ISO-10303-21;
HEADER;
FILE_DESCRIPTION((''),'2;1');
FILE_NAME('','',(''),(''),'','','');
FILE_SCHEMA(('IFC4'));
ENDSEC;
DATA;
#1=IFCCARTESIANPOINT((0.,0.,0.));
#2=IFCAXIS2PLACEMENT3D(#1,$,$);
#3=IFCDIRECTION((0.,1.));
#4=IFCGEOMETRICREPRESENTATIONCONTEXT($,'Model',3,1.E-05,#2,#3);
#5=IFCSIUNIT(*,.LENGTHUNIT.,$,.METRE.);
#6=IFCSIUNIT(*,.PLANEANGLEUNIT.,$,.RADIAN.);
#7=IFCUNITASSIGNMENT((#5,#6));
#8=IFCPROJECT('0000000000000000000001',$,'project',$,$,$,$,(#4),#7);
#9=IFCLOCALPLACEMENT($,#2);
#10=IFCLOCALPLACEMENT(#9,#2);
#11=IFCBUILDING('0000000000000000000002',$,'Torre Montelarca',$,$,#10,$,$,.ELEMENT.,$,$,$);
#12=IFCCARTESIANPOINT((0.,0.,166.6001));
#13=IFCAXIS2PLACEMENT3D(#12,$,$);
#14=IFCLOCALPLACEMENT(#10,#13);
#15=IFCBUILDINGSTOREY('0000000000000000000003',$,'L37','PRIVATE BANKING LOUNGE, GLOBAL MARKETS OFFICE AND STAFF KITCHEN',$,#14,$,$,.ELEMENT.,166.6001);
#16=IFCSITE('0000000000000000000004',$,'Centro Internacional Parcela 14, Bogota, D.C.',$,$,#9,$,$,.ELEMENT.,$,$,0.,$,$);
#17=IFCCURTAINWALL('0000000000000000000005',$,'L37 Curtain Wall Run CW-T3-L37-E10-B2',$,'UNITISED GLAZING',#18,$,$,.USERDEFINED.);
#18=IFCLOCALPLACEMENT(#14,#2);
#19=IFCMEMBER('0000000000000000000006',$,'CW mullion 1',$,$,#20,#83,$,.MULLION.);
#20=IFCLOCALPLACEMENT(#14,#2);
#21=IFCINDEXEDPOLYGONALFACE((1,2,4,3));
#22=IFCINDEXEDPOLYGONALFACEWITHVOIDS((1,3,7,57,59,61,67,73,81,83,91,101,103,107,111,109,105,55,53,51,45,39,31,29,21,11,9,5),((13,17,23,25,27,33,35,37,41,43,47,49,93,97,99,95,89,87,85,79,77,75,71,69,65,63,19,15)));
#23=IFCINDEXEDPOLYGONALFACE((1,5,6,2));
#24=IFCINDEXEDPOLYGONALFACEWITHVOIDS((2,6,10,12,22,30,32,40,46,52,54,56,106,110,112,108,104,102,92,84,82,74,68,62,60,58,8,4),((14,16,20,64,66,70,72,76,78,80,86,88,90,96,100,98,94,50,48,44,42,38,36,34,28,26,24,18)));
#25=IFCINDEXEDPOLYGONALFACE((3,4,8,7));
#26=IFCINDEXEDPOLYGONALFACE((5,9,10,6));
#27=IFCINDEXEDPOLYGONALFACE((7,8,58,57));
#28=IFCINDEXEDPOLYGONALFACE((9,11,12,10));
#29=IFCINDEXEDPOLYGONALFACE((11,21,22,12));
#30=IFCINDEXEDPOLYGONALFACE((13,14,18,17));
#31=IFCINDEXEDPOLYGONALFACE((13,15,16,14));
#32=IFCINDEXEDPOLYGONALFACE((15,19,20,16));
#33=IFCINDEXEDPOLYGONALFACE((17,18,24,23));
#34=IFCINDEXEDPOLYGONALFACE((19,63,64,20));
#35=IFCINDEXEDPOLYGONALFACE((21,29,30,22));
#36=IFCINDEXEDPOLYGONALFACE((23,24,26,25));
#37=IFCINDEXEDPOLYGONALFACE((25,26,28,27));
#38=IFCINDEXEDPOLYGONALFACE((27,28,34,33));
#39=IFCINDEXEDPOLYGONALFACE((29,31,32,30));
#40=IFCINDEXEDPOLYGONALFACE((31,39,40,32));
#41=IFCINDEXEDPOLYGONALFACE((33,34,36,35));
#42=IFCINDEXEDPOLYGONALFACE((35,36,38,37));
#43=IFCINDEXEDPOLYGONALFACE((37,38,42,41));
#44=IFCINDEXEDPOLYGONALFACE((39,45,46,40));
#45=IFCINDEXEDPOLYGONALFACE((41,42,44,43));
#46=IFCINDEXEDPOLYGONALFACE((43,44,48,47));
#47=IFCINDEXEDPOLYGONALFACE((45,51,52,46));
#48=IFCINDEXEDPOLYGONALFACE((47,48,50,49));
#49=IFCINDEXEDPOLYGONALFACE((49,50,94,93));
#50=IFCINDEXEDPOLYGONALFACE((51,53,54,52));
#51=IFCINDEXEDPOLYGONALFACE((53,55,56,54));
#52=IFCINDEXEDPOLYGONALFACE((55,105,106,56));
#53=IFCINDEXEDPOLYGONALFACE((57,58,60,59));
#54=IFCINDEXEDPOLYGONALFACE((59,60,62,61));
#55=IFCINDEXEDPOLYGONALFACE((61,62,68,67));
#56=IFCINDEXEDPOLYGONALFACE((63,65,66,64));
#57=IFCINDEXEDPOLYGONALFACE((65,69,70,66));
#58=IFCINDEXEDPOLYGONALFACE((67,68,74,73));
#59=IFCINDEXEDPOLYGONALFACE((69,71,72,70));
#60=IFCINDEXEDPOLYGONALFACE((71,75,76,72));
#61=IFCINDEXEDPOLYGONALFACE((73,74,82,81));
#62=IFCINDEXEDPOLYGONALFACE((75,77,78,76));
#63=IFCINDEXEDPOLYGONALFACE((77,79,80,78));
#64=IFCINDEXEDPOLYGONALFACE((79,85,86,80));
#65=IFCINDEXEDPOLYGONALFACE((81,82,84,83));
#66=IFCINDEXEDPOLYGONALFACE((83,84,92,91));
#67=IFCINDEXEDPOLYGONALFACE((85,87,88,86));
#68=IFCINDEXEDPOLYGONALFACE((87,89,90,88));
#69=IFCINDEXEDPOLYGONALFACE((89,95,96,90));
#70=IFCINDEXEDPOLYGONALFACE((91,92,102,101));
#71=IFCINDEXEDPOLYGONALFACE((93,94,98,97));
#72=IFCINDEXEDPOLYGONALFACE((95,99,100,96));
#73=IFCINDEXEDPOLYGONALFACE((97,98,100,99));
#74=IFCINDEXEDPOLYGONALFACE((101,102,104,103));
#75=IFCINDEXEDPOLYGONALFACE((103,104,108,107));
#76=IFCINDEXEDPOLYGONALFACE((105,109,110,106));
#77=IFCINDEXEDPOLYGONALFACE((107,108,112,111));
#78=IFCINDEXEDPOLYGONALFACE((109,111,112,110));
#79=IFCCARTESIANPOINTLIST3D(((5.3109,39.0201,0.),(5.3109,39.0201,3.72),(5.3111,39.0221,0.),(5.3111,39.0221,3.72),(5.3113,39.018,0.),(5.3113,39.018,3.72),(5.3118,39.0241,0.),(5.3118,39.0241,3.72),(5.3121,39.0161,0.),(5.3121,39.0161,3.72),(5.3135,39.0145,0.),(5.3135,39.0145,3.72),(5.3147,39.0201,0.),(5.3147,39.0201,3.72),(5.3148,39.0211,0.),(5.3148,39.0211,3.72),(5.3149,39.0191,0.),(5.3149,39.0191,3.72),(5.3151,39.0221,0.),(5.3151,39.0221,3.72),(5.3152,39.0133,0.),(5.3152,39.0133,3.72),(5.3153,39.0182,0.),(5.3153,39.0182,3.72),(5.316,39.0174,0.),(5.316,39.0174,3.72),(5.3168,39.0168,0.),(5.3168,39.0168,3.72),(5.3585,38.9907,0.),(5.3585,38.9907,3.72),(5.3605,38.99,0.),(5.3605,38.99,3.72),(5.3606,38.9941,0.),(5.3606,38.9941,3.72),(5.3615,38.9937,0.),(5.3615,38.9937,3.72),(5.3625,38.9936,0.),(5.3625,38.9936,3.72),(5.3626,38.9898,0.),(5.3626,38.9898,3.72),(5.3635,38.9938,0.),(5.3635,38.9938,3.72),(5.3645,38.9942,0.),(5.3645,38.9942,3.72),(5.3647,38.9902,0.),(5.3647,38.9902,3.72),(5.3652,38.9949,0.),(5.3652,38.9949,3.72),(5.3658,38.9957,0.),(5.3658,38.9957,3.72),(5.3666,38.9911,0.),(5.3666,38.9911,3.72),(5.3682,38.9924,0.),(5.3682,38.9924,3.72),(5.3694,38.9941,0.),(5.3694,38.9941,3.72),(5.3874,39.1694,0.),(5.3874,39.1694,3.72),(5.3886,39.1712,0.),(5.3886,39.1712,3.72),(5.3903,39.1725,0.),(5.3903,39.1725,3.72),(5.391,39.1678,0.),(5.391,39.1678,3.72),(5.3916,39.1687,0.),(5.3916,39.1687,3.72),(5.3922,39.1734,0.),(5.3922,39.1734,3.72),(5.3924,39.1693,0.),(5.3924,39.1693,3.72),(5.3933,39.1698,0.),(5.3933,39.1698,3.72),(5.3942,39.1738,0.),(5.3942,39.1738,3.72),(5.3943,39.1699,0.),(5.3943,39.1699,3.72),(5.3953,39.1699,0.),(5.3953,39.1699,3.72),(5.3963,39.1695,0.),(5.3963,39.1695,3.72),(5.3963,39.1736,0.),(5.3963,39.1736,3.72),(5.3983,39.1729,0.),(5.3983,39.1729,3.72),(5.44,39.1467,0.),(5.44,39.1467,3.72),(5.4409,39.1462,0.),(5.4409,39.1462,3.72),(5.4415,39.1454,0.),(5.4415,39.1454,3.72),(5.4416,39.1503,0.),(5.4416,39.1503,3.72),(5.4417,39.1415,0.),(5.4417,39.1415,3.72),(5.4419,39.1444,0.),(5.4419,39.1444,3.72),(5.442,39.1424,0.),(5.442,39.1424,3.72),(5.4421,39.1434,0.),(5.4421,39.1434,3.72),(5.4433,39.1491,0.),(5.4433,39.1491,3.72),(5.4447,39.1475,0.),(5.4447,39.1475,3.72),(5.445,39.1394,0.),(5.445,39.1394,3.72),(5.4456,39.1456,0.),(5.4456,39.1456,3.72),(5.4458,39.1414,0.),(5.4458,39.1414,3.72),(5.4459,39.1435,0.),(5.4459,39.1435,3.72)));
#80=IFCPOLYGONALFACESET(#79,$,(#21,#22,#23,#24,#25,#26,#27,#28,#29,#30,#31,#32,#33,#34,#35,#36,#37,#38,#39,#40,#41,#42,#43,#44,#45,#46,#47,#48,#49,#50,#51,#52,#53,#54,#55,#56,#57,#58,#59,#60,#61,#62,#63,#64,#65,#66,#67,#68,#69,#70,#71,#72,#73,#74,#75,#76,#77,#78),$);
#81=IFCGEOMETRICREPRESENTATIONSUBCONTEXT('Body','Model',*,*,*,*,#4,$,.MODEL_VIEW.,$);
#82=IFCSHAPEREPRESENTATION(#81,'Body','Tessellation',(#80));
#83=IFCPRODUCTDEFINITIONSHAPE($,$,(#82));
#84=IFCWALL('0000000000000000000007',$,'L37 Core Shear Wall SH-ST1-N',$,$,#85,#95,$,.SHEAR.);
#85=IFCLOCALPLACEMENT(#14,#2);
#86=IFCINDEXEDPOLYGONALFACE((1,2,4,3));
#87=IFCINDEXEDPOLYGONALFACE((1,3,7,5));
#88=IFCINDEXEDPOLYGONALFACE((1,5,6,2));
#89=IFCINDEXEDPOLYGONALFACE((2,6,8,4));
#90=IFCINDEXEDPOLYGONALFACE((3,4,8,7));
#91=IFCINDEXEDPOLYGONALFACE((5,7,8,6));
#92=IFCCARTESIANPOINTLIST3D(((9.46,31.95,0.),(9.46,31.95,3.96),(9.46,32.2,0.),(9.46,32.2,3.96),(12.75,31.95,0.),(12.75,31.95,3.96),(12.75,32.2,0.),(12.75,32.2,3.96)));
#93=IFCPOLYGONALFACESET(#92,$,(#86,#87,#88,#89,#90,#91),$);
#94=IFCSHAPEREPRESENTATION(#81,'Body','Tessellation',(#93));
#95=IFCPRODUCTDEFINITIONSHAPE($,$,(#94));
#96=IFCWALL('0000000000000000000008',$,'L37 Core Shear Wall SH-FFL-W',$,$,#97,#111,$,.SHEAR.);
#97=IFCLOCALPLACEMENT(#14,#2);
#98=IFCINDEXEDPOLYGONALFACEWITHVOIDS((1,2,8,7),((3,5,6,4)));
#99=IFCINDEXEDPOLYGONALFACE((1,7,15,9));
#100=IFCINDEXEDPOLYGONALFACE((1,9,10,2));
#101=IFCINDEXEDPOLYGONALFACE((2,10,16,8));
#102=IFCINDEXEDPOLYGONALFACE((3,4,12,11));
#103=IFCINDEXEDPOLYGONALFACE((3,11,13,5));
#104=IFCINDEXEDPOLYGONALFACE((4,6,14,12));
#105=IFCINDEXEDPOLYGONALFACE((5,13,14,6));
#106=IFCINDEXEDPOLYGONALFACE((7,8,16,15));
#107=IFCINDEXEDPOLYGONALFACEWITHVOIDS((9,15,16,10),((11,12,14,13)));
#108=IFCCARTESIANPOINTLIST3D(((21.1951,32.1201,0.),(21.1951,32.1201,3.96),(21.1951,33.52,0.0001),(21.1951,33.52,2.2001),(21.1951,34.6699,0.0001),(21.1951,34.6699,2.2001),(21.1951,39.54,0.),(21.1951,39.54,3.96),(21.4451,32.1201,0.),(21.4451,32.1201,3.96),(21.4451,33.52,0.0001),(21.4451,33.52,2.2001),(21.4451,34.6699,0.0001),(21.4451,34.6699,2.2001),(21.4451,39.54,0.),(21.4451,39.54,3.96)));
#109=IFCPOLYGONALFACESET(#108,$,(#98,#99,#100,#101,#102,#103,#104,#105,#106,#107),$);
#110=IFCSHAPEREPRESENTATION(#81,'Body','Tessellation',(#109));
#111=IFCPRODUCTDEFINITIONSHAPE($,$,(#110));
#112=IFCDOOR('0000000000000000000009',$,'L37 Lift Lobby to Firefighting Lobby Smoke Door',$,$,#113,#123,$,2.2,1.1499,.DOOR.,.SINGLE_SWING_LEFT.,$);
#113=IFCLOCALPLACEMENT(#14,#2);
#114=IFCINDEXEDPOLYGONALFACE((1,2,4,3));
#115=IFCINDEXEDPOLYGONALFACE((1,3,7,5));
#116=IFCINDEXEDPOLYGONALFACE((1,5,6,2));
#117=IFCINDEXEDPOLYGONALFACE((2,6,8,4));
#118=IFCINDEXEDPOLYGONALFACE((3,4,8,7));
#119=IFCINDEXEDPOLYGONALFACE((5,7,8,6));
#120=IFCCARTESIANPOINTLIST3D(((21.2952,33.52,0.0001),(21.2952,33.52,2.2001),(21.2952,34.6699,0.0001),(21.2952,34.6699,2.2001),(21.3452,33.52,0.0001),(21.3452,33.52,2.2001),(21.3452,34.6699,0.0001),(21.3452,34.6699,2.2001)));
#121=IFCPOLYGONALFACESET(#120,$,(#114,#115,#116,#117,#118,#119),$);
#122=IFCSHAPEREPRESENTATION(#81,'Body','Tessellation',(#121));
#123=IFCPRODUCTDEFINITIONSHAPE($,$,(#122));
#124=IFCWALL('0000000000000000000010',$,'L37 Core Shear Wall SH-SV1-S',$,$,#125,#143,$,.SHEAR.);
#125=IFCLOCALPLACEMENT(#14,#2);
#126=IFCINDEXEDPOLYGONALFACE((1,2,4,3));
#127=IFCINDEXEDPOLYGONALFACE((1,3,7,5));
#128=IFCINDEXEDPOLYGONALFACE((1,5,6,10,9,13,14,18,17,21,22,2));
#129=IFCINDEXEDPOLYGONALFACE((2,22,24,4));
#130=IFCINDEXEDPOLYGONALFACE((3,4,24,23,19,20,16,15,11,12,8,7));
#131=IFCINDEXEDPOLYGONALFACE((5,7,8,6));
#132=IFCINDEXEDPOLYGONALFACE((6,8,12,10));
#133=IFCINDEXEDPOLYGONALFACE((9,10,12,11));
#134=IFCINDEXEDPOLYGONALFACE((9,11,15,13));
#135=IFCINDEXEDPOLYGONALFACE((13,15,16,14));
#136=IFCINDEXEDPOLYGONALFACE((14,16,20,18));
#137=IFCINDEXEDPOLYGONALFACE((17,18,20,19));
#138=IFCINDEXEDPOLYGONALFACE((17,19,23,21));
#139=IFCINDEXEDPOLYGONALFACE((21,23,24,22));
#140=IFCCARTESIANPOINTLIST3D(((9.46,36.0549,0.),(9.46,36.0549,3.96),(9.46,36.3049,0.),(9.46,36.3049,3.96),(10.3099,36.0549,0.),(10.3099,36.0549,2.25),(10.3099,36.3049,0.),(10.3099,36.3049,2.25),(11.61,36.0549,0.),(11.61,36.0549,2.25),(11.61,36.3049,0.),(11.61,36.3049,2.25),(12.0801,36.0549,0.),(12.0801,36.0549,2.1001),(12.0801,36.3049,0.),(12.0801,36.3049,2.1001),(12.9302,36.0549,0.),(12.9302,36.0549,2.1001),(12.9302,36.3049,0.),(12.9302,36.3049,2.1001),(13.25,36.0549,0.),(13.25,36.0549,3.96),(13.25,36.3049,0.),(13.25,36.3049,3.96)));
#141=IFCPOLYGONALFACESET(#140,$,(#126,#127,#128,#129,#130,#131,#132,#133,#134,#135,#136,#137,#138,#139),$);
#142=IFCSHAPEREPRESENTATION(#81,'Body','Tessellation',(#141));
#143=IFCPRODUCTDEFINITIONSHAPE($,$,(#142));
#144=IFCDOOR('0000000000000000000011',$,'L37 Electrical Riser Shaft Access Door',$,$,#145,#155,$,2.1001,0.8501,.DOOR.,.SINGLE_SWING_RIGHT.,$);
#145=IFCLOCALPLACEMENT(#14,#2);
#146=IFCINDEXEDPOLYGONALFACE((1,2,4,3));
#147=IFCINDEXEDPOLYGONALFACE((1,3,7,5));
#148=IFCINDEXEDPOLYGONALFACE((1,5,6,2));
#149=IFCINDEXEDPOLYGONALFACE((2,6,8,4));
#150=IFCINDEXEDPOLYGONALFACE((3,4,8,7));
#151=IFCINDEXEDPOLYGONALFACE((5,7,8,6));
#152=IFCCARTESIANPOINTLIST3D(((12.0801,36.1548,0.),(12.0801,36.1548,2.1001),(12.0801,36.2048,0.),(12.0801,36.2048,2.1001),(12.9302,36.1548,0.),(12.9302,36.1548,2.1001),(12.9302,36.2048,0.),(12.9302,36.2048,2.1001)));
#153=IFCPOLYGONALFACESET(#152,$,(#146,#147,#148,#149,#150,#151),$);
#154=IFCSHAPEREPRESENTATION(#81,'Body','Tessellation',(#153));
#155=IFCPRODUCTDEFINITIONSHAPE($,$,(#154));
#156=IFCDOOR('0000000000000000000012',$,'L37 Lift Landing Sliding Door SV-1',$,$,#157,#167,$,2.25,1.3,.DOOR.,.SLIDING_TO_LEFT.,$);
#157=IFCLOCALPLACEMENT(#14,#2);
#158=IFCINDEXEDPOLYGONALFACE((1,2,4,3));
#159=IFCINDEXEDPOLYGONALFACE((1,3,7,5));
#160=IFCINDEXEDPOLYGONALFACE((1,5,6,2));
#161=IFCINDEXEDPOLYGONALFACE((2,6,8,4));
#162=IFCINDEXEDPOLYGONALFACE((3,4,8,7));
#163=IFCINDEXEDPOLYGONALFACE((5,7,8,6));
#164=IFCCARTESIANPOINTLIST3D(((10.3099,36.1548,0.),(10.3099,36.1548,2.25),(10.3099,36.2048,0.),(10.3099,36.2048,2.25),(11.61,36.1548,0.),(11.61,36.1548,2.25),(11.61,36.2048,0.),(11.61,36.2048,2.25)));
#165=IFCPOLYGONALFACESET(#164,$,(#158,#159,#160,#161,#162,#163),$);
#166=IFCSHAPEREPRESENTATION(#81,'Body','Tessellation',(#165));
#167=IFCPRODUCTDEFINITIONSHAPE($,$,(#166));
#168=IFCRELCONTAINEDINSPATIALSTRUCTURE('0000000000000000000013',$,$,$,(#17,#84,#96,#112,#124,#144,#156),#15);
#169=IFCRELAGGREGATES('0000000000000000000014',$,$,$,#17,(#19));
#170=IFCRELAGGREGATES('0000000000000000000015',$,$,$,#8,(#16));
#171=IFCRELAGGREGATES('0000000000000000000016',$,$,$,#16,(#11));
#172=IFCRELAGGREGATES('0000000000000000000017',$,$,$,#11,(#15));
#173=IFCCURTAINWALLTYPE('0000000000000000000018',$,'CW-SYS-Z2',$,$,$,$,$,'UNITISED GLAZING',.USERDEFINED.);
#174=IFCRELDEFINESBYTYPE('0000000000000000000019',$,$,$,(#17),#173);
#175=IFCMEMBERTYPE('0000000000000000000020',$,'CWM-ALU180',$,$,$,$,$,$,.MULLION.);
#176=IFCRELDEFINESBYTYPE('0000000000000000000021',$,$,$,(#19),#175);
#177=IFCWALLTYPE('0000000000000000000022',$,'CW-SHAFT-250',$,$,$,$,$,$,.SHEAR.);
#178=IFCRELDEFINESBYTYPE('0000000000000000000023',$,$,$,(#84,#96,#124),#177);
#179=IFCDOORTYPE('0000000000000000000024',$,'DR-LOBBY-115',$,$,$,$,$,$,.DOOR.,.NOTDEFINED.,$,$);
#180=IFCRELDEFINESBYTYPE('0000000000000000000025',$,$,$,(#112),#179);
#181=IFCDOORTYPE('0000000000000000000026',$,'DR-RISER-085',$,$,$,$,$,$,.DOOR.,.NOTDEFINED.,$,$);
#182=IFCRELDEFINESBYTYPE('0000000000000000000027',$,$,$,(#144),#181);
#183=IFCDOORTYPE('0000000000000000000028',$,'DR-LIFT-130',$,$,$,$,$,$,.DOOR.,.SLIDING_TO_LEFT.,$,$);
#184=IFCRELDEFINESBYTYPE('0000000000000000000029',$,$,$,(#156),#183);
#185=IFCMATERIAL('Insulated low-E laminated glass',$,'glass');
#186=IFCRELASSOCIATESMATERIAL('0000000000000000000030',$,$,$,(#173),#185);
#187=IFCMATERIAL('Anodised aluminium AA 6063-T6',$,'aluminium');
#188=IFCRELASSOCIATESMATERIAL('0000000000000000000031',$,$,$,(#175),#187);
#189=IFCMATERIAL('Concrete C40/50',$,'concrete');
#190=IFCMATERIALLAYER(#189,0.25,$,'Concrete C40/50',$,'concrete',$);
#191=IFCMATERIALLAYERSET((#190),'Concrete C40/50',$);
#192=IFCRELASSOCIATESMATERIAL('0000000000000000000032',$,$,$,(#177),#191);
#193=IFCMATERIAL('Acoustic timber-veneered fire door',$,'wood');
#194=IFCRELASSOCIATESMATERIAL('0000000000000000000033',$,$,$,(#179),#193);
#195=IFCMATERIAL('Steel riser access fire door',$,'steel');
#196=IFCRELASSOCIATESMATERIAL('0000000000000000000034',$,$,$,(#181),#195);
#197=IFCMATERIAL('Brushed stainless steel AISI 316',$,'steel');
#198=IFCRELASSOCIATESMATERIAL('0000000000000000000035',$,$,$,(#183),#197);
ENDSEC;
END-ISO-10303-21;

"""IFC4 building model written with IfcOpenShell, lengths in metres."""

from ifc_helpers import new_model, si_unit, direction, frame, frame_2d, origin, origin_2d, place, context, subcontext, project, spatial, rectangle, hollow_rectangle, extrude, source, transform, mapped, material, layer, layer_set, material_profile, profile_set, type_object, element, fill, aggregate, save


model = new_model("IFC4")

# Units and contexts
model_context = context("Model", 3, precision=1e-05, world=origin(), true_north=direction((0.0, 1.0)))
body_context = subcontext(model_context, "Body", "Model", "MODEL_VIEW")
ifc_project = project(units=[si_unit("LENGTHUNIT", "METRE"), si_unit("PLANEANGLEUNIT", "RADIAN")], contexts=[model_context])

# Site, building, storey
site_placement = place(None, origin())
site = spatial("IfcSite", under=ifc_project, at=site_placement, Name="Centro Internacional Parcela 14, Bogota, D.C.", CompositionType="ELEMENT", RefElevation=0.0)
building_placement = place(site_placement, origin())
building = spatial("IfcBuilding", under=site, at=building_placement, Name="Torre Montelarca", CompositionType="ELEMENT")
storey_placement = place(building_placement, frame((0.0, 0.0, 166.6001)))
storey = spatial("IfcBuildingStorey", under=building, at=storey_placement, Name="L37", Description="PRIVATE BANKING LOUNGE, GLOBAL MARKETS OFFICE AND STAFF KITCHEN", CompositionType="ELEMENT", Elevation=166.6001)

# Curtain wall, member
ifc_material_1 = material(Name="Insulated low-E laminated glass", Category="glass")
curtain_wall_type = type_object("IfcCurtainWallType", Name="CW-SYS-Z2", ElementType="UNITISED GLAZING", PredefinedType="USERDEFINED", material=ifc_material_1)
curtain_wall_placement = place(storey_placement, origin())
curtain_wall = element("IfcCurtainWall", 1, at=curtain_wall_placement, inside=storey, type_object=curtain_wall_type, Name="L37 Curtain Wall Run CW-T3-L37-E10-B2", ObjectType="UNITISED GLAZING", PredefinedType="USERDEFINED")
ifc_material_2 = material(Name="Anodised aluminium AA 6063-T6", Category="aluminium")
ifc_material_profile = material_profile(ifc_material_2, hollow_rectangle(XDim=0.0649, YDim=0.1799, WallThickness=0.0039, InnerFilletRadius=0.0039, OuterFilletRadius=0.0081, at=origin_2d()), Name="ALU65X180X4", Category="aluminium")
ifc_profile_set = profile_set([ifc_material_profile], Name="Anodised aluminium AA 6063-T6")
member_type = type_object("IfcMemberType", Name="CWM-ALU180", PredefinedType="MULLION", material=ifc_profile_set)
shared_shape_1 = source(origin(), body_context, "Body", "SweptSolid", [
    extrude(hollow_rectangle(XDim=0.0649, YDim=0.1799, WallThickness=0.0039, InnerFilletRadius=0.0039, OuterFilletRadius=0.0081, at=origin_2d()), origin(), (0.0, 0.0, 1.0), 3.72),
])
member_placement = place(storey_placement, frame((5.3784, 39.0818, 0.0), z_axis=(0.0, 0.0, 1.0), x_axis=(0.88701, -0.461751, 0.0)))
member = element("IfcMember", 2, at=member_placement, type_object=member_type, Name="CW mullion 1", PredefinedType="MULLION", context=body_context, shape_type="MappedRepresentation", body=[
    mapped(shared_shape_1, transform((0.0, 0.0, 0.0), scale=1.0)),
])
aggregate(curtain_wall, [member])

# Wall
ifc_material_3 = material(Name="Concrete C40/50", Category="concrete")
ifc_layer_1 = layer(ifc_material_3, 0.25, Name="Concrete C40/50", Category="concrete")
ifc_layer_set_1 = layer_set([ifc_layer_1], Name="Concrete C40/50")
wall_type_1 = type_object("IfcWallType", Name="CW-SHAFT-250", PredefinedType="SHEAR", material=ifc_layer_set_1)
wall_1_placement = place(storey_placement, frame((9.46, 32.075, 0.0), z_axis=(0.0, 0.0, 1.0), x_axis=(1.0, 0.0, 0.0)))
element("IfcWall", 3, at=wall_1_placement, inside=storey, type_object=wall_type_1, Name="L37 Core Shear Wall SH-ST1-N", PredefinedType="SHEAR", context=body_context, shape_type="SweptSolid", body=[
    extrude(rectangle(XDim=3.29, YDim=0.25, at=frame_2d((1.645, 0.0))), origin(), (0.0, 0.0, 1.0), 3.96),
])

# Wall, opening, door
wall_2_placement = place(storey_placement, frame((21.3201, 32.1201, 0.0), z_axis=(0.0, 0.0, 1.0), x_axis=(0.0, 1.0, 0.0)))
wall_2 = element("IfcWall", 4, at=wall_2_placement, inside=storey, type_object=wall_type_1, Name="L37 Core Shear Wall SH-FFL-W", PredefinedType="SHEAR", context=body_context, shape_type="SweptSolid", body=[
    extrude(rectangle(XDim=7.4199, YDim=0.25, at=frame_2d((3.71, 0.0))), origin(), (0.0, 0.0, 1.0), 3.96),
])
opening_1_placement = place(wall_2_placement, frame((1.3999, 0.0, 0.0)))
opening_1 = element("IfcOpeningElement", 5, at=opening_1_placement, cuts=wall_2, PredefinedType="OPENING", context=body_context, shape_type="SweptSolid", body=[
    extrude(rectangle(XDim=1.1499, YDim=2.2, at=frame_2d((0.575, 1.1001))), frame((0.0, 0.135, 0.0), z_axis=(0.0, -1.0, 0.0), x_axis=(1.0, 0.0, 0.0)), (0.0, 0.0, 1.0), 0.27),
])
ifc_material_4 = material(Name="Acoustic timber-veneered fire door", Category="wood")
door_type_1 = type_object("IfcDoorType", Name="DR-LOBBY-115", OperationType="NOTDEFINED", PredefinedType="DOOR", material=ifc_material_4)
shared_shape_2 = source(origin(), body_context, "Body", "SweptSolid", [
    extrude(rectangle(XDim=1.1499, YDim=2.2, at=frame_2d((0.575, 1.1001))), frame((0.0, 0.0249, 0.0), z_axis=(0.0, -1.0, 0.0), x_axis=(1.0, 0.0, 0.0)), (0.0, 0.0, 1.0), 0.05),
])
door_1_placement = place(opening_1_placement, origin())
door_1 = element("IfcDoor", 6, at=door_1_placement, inside=storey, type_object=door_type_1, Name="L37 Lift Lobby to Firefighting Lobby Smoke Door", OperationType="SINGLE_SWING_LEFT", OverallHeight=2.2, OverallWidth=1.1499, PredefinedType="DOOR", context=body_context, shape_type="MappedRepresentation", body=[
    mapped(shared_shape_2, transform((0.0, 0.0, 0.0), scale=1.0)),
])
fill(opening_1, door_1)

# Wall, openings, doors
wall_3_placement = place(storey_placement, frame((9.46, 36.1799, 0.0), z_axis=(0.0, 0.0, 1.0), x_axis=(1.0, 0.0, 0.0)))
wall_3 = element("IfcWall", 7, at=wall_3_placement, inside=storey, type_object=wall_type_1, Name="L37 Core Shear Wall SH-SV1-S", PredefinedType="SHEAR", context=body_context, shape_type="SweptSolid", body=[
    extrude(rectangle(XDim=3.79, YDim=0.25, at=frame_2d((1.895, 0.0))), origin(), (0.0, 0.0, 1.0), 3.96),
])
opening_2_placement = place(wall_3_placement, frame((2.6201, 0.0, 0.0)))
opening_2 = element("IfcOpeningElement", 8, at=opening_2_placement, cuts=wall_3, PredefinedType="OPENING", context=body_context, shape_type="SweptSolid", body=[
    extrude(rectangle(XDim=0.8501, YDim=2.1001, at=frame_2d((0.425, 1.05))), frame((0.0, 0.135, 0.0), z_axis=(0.0, -1.0, 0.0), x_axis=(1.0, 0.0, 0.0)), (0.0, 0.0, 1.0), 0.27),
])
opening_3_placement = place(wall_3_placement, frame((0.8501, 0.0, 0.0)))
opening_3 = element("IfcOpeningElement", 9, at=opening_3_placement, cuts=wall_3, PredefinedType="OPENING", context=body_context, shape_type="SweptSolid", body=[
    extrude(rectangle(XDim=1.3, YDim=2.25, at=frame_2d((0.6499, 1.125))), frame((0.0, 0.135, 0.0), z_axis=(0.0, -1.0, 0.0), x_axis=(1.0, 0.0, 0.0)), (0.0, 0.0, 1.0), 0.27),
])
ifc_material_5 = material(Name="Steel riser access fire door", Category="steel")
door_type_2 = type_object("IfcDoorType", Name="DR-RISER-085", OperationType="NOTDEFINED", PredefinedType="DOOR", material=ifc_material_5)
shared_shape_3 = source(origin(), body_context, "Body", "SweptSolid", [
    extrude(rectangle(XDim=0.8501, YDim=2.1001, at=frame_2d((0.425, 1.05))), frame((0.0, 0.0249, 0.0), z_axis=(0.0, -1.0, 0.0), x_axis=(1.0, 0.0, 0.0)), (0.0, 0.0, 1.0), 0.05),
])
door_2_placement = place(opening_2_placement, origin())
door_2 = element("IfcDoor", 10, at=door_2_placement, inside=storey, type_object=door_type_2, Name="L37 Electrical Riser Shaft Access Door", OperationType="SINGLE_SWING_RIGHT", OverallHeight=2.1001, OverallWidth=0.8501, PredefinedType="DOOR", context=body_context, shape_type="MappedRepresentation", body=[
    mapped(shared_shape_3, transform((0.0, 0.0, 0.0), scale=1.0)),
])
fill(opening_2, door_2)
ifc_material_6 = material(Name="Brushed stainless steel AISI 316", Category="steel")
door_type_3 = type_object("IfcDoorType", Name="DR-LIFT-130", OperationType="SLIDING_TO_LEFT", PredefinedType="DOOR", material=ifc_material_6)
shared_shape_4 = source(origin(), body_context, "Body", "SweptSolid", [
    extrude(rectangle(XDim=1.3, YDim=2.25, at=frame_2d((0.6499, 1.125))), frame((0.0, 0.0249, 0.0), z_axis=(0.0, -1.0, 0.0), x_axis=(1.0, 0.0, 0.0)), (0.0, 0.0, 1.0), 0.05),
])
door_3_placement = place(opening_3_placement, origin())
door_3 = element("IfcDoor", 11, at=door_3_placement, inside=storey, type_object=door_type_3, Name="L37 Lift Landing Sliding Door SV-1", OperationType="SLIDING_TO_LEFT", OverallHeight=2.25, OverallWidth=1.3, PredefinedType="DOOR", context=body_context, shape_type="MappedRepresentation", body=[
    mapped(shared_shape_4, transform((0.0, 0.0, 0.0), scale=1.0)),
])
fill(opening_3, door_3)

save(model, "model.ifc")
